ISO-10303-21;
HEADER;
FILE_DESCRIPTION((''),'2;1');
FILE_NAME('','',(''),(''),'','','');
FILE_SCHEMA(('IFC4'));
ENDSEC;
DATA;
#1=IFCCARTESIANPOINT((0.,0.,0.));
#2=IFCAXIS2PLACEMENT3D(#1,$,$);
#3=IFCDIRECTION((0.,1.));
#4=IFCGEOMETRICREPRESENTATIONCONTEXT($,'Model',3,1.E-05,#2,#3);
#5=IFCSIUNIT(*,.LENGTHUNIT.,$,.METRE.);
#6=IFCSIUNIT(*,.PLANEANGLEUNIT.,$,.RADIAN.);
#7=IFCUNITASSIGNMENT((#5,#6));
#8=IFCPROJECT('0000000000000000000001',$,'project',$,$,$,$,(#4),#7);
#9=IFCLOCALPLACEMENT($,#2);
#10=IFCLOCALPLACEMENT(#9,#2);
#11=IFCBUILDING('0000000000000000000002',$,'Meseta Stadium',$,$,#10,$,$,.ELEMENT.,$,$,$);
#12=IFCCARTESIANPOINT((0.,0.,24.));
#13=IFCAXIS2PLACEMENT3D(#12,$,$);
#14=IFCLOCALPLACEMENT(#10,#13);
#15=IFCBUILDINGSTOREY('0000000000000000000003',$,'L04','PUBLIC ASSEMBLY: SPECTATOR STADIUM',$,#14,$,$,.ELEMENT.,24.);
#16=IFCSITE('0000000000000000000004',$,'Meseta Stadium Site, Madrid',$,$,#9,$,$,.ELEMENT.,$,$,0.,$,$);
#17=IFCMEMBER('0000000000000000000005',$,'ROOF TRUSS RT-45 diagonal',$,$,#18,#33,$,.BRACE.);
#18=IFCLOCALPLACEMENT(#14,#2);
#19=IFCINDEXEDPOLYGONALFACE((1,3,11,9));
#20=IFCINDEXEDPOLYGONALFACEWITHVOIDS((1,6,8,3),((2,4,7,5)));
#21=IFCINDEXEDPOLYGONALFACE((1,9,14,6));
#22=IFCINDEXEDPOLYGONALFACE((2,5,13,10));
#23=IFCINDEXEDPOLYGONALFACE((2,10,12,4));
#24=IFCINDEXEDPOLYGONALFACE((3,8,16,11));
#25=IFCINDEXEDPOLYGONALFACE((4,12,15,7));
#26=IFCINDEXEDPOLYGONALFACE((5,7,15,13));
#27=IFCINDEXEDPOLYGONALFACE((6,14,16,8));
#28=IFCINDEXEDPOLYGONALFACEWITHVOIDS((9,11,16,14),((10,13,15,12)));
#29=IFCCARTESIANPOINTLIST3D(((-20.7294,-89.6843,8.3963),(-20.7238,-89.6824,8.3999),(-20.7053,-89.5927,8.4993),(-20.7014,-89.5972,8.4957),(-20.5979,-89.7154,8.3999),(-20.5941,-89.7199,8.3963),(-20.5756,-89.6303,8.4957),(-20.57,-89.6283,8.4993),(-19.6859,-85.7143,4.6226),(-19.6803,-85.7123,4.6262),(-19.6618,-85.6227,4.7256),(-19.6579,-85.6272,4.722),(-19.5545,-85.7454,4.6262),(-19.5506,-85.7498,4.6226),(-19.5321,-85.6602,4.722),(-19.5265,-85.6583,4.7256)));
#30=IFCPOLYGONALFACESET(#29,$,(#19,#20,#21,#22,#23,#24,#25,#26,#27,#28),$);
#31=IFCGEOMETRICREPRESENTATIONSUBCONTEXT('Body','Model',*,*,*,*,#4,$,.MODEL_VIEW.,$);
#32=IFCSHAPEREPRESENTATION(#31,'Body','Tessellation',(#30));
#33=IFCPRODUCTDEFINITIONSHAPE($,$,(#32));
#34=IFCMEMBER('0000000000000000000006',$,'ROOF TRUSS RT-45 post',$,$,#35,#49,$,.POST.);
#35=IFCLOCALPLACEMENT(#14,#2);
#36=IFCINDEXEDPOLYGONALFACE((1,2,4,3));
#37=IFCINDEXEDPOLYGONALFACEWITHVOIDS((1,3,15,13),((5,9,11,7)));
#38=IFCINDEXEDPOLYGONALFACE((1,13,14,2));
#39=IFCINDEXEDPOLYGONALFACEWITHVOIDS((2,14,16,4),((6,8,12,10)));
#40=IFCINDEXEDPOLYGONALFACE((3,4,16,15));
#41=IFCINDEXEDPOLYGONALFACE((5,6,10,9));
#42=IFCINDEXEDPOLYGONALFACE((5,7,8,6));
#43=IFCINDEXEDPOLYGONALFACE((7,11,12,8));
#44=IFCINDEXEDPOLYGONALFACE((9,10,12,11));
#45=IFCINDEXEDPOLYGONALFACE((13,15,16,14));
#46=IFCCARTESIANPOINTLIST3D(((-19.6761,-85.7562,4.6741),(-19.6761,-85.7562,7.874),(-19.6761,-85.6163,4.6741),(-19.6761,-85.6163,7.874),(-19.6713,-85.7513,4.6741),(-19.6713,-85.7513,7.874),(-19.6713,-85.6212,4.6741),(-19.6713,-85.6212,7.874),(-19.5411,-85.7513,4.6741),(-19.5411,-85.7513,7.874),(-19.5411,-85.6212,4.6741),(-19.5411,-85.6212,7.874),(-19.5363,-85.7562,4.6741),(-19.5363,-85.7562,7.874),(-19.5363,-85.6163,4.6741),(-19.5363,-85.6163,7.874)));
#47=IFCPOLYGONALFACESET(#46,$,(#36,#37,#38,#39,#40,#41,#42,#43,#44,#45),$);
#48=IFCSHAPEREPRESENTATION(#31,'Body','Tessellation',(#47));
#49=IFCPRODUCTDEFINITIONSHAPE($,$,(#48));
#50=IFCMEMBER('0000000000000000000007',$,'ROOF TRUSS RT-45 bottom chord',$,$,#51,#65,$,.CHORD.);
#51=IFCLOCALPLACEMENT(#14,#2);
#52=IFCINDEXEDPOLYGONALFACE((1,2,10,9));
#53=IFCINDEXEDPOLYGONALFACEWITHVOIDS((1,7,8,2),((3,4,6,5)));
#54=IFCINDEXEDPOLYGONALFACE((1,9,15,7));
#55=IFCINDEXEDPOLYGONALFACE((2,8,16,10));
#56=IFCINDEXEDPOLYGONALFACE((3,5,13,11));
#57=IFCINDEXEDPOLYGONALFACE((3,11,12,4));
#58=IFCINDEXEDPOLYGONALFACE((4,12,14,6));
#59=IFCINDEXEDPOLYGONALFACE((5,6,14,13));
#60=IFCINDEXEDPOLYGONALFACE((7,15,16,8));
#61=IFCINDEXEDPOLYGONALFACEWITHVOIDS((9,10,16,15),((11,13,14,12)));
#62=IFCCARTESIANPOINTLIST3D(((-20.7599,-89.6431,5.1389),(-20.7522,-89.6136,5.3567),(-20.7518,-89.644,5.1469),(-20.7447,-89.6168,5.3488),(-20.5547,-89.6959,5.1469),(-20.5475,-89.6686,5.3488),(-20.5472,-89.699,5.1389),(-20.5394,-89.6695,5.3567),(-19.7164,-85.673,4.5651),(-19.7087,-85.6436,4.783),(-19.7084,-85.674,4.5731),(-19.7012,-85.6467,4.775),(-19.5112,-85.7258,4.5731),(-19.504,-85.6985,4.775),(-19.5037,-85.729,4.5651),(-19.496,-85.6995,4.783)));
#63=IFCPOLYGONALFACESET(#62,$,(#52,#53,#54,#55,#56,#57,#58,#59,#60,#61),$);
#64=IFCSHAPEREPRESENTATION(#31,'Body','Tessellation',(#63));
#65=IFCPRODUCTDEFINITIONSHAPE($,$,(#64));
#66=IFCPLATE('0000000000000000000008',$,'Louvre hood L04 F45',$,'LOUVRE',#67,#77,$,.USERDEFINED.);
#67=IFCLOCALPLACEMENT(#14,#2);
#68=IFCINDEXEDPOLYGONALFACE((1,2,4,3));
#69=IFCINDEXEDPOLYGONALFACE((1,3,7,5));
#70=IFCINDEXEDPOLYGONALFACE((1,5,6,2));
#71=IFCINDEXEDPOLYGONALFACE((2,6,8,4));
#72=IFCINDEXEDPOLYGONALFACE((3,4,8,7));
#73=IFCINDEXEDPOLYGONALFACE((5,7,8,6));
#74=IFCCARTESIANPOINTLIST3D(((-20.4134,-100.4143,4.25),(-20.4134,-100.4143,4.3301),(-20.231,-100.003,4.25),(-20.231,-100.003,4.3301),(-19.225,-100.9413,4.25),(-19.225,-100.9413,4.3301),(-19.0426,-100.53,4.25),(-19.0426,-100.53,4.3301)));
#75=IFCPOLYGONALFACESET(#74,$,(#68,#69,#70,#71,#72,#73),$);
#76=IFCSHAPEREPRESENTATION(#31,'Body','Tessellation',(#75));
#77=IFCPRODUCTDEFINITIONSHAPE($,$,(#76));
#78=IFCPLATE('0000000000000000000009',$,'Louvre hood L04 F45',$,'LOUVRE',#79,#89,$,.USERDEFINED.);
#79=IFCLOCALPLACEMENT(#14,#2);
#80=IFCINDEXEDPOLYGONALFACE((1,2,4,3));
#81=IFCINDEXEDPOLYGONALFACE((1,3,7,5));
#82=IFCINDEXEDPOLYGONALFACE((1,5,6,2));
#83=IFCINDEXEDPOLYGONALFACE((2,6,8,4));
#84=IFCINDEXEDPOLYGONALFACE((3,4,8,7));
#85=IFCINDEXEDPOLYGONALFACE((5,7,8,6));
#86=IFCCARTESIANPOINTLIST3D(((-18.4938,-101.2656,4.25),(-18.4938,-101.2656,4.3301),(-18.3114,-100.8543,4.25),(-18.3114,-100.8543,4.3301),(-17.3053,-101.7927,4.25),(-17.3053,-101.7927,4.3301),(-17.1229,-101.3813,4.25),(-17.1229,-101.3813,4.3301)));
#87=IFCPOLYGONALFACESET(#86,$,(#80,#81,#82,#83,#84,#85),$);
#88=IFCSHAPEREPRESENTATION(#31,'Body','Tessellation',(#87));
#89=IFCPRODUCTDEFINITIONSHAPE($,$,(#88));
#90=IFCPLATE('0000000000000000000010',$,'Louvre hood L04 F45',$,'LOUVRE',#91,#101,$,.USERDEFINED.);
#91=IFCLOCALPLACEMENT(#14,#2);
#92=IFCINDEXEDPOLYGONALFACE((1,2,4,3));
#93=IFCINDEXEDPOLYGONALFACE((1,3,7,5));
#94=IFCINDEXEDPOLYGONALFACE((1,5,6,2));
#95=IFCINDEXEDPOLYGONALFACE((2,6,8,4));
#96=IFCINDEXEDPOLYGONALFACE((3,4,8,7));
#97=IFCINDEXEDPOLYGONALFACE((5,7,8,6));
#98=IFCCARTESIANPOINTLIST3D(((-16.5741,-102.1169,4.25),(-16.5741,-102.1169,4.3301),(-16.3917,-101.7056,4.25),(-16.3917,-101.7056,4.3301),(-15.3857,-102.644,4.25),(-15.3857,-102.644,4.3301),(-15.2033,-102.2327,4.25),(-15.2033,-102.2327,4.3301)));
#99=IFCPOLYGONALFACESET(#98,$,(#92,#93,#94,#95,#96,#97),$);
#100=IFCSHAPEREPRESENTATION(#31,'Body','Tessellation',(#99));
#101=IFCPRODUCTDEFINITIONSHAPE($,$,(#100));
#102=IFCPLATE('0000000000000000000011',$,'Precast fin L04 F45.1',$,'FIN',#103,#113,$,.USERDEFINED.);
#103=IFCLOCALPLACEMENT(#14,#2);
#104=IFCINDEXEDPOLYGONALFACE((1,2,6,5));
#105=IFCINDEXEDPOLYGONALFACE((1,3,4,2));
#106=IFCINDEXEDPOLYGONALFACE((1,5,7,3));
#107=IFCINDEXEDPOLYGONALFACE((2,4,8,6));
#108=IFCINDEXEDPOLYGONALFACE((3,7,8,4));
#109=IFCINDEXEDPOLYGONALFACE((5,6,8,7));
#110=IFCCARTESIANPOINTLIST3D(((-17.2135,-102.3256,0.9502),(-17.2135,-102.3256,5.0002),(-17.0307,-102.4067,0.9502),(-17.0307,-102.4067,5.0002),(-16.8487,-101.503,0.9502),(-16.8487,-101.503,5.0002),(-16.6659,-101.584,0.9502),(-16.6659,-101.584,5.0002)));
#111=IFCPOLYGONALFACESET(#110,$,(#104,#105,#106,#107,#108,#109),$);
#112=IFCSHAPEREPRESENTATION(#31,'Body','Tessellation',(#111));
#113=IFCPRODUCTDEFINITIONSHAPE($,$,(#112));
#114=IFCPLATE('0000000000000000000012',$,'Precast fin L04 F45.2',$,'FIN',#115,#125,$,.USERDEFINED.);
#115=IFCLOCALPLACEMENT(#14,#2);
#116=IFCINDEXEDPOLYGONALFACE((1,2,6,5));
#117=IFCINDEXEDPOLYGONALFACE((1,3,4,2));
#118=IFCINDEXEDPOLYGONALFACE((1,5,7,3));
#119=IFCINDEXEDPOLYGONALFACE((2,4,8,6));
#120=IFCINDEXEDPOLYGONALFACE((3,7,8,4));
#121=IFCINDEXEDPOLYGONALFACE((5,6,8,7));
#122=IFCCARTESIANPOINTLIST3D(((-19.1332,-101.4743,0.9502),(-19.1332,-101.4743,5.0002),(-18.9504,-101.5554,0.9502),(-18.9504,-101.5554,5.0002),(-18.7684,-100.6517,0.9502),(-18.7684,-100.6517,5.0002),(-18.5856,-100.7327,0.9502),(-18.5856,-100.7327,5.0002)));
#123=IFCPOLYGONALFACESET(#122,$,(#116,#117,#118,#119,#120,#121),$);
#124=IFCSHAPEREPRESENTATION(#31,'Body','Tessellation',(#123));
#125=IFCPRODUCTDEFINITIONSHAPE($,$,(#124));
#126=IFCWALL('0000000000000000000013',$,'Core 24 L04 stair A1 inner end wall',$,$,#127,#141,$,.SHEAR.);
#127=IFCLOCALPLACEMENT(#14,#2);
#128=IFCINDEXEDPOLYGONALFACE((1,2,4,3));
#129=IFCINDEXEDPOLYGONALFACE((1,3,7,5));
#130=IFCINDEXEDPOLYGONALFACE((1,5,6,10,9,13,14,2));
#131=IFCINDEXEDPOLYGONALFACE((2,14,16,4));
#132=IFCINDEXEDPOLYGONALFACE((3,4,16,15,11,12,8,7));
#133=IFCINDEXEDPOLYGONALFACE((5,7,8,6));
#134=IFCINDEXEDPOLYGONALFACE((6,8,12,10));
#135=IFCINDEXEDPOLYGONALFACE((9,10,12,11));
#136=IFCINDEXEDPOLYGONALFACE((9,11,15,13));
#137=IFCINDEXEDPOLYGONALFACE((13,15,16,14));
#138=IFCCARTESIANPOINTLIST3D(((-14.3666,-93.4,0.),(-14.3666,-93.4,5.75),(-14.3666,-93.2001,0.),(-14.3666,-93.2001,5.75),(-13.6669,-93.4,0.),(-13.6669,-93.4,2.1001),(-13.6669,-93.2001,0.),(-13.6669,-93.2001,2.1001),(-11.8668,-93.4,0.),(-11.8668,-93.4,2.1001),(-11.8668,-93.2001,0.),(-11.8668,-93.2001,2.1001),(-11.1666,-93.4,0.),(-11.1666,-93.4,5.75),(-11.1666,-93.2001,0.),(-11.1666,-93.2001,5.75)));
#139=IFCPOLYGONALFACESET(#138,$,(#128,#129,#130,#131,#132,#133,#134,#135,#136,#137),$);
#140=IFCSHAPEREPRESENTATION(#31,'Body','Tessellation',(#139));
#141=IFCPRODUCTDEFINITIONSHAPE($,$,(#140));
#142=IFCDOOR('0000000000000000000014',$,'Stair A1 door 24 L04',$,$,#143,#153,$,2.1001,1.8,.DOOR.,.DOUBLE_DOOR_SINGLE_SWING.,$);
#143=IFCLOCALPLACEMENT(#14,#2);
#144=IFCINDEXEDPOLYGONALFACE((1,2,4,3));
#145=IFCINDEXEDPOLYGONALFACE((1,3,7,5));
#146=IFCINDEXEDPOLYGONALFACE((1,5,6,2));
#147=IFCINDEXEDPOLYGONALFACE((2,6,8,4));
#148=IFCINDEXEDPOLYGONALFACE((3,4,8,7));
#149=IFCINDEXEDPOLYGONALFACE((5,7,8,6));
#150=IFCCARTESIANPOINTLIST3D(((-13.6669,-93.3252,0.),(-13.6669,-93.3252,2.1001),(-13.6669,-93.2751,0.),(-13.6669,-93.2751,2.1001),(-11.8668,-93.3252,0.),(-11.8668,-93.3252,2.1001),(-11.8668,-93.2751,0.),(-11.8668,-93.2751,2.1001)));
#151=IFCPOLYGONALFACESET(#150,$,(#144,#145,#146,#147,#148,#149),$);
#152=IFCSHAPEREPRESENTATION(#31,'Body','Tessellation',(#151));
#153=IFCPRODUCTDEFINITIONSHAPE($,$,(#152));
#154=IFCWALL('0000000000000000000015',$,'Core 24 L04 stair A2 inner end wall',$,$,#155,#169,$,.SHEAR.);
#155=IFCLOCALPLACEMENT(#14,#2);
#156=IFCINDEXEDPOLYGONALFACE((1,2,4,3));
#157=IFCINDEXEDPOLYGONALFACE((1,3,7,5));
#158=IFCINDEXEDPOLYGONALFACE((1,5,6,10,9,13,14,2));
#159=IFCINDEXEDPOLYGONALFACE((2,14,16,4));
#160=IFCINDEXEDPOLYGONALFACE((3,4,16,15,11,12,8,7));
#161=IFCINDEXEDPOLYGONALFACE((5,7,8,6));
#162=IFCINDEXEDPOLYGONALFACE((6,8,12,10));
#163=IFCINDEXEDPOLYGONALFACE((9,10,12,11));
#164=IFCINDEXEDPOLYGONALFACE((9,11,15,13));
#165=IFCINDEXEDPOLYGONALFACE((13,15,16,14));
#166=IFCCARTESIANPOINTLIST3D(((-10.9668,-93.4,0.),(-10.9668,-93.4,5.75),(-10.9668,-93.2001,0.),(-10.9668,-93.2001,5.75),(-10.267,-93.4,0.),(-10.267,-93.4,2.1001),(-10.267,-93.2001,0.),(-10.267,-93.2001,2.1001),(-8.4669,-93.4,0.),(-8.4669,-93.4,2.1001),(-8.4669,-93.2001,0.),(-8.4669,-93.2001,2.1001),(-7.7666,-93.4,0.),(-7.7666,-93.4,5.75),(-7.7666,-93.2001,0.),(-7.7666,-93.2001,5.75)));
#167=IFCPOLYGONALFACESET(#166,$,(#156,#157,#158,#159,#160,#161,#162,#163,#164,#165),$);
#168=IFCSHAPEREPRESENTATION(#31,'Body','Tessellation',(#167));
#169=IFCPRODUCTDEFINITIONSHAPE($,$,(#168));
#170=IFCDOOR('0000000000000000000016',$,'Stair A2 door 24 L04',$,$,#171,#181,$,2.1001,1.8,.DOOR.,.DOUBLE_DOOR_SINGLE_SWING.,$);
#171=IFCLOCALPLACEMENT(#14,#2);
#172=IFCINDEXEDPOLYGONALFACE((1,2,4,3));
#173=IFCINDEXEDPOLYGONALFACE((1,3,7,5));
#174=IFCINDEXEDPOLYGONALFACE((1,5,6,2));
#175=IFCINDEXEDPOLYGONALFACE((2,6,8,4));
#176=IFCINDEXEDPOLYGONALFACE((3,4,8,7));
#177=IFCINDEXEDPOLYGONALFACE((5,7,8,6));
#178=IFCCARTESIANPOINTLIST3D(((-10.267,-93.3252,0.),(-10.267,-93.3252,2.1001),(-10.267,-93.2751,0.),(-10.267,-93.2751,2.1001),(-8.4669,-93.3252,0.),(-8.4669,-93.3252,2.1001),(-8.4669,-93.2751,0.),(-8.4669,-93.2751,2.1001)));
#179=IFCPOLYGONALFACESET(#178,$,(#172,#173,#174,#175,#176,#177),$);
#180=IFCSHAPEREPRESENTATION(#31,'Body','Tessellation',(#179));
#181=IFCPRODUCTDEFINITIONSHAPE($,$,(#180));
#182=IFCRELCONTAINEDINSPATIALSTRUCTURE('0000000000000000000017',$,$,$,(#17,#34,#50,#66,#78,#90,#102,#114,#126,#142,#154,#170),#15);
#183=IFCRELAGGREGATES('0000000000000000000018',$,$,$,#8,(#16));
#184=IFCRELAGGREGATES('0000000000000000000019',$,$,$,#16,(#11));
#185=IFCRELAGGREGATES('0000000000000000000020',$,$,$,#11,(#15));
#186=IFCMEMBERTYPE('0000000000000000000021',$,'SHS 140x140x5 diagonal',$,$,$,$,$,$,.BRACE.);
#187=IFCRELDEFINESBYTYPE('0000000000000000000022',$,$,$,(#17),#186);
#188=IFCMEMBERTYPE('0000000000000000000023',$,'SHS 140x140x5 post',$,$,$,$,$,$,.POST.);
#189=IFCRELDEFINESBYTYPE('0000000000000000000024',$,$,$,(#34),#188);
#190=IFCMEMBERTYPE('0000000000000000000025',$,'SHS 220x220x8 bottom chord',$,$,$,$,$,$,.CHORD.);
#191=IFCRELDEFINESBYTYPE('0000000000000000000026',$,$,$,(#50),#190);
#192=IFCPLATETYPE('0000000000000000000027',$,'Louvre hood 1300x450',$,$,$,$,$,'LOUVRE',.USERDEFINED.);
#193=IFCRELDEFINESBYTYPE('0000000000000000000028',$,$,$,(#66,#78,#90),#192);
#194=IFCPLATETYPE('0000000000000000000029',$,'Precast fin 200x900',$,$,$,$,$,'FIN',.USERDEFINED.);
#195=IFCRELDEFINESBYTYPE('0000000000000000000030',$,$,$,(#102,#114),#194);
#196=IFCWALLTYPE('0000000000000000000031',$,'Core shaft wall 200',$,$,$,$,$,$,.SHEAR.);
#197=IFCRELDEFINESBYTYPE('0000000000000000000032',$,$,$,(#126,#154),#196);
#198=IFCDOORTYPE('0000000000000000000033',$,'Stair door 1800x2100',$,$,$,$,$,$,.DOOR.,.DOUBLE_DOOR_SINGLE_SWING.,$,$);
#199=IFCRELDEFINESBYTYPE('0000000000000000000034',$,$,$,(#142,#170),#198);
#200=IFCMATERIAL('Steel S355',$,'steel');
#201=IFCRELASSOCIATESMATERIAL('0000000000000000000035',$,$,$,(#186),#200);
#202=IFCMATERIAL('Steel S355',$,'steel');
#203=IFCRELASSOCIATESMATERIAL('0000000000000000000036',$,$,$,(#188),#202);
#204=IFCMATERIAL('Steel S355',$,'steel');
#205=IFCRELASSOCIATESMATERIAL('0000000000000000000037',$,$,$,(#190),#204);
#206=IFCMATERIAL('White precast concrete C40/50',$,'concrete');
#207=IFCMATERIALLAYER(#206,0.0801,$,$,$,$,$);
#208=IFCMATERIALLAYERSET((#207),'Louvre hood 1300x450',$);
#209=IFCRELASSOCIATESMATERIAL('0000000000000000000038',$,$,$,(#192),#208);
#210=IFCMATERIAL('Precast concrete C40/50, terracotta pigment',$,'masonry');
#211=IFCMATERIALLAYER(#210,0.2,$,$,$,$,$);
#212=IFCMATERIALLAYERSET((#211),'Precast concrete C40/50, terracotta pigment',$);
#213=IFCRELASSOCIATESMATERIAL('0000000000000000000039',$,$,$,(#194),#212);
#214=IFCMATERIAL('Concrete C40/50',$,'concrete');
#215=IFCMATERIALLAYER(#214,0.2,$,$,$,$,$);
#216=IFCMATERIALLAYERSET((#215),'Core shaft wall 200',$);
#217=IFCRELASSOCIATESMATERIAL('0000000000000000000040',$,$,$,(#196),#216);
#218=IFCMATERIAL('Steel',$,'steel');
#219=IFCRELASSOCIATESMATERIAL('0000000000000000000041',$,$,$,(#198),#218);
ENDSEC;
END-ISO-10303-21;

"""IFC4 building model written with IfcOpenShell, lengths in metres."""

from ifc_helpers import new_model, si_unit, direction, frame, frame_2d, origin, origin_2d, place, context, subcontext, project, spatial, rectangle, hollow_rectangle, extrude, material, layer, layer_set, material_profile, profile_set, type_object, element, fill, save


model = new_model("IFC4")

# Units and contexts
model_context = context("Model", 3, precision=1e-05, world=origin(), true_north=direction((0.0, 1.0)))
body_context = subcontext(model_context, "Body", "Model", "MODEL_VIEW")
ifc_project = project(units=[si_unit("LENGTHUNIT", "METRE"), si_unit("PLANEANGLEUNIT", "RADIAN")], contexts=[model_context])

# Site, building, storey
site_placement = place(None, origin())
site = spatial("IfcSite", under=ifc_project, at=site_placement, Name="Meseta Stadium Site, Madrid", CompositionType="ELEMENT", RefElevation=0.0)
building_placement = place(site_placement, origin())
building = spatial("IfcBuilding", under=site, at=building_placement, Name="Meseta Stadium", CompositionType="ELEMENT")
storey_placement = place(building_placement, frame((0.0, 0.0, 24.0)))
storey = spatial("IfcBuildingStorey", under=building, at=storey_placement, Name="L04", Description="PUBLIC ASSEMBLY: SPECTATOR STADIUM", CompositionType="ELEMENT", Elevation=24.0)

# Members
ifc_material_1 = material(Name="Steel S355", Category="steel")
ifc_material_profile_1 = material_profile(ifc_material_1, hollow_rectangle(XDim=0.1399, YDim=0.1399, WallThickness=0.0049, at=origin_2d()), Name="SHS 140x140x5")
ifc_profile_set_1 = profile_set([ifc_material_profile_1], Name="Steel S355")
member_type_1 = type_object("IfcMemberType", Name="SHS 140x140x5 diagonal", PredefinedType="BRACE", material=ifc_profile_set_1)
member_1_placement = place(storey_placement, frame((-19.6062, -85.6863, 4.6741), z_axis=(-0.187139, -0.711993, 0.67679), x_axis=(0.967151, -0.254203, 0.0)))
element("IfcMember", 1, at=member_1_placement, inside=storey, type_object=member_type_1, Name="ROOF TRUSS RT-45 diagonal", PredefinedType="BRACE", context=body_context, shape_type="SweptSolid", body=[
    extrude(hollow_rectangle(XDim=0.1399, YDim=0.1399, WallThickness=0.0049, at=origin_2d()), origin(), (0.0, 0.0, 1.0), 5.5759),
])
ifc_material_2 = material(Name="Steel S355", Category="steel")
ifc_material_profile_2 = material_profile(ifc_material_2, hollow_rectangle(XDim=0.1399, YDim=0.1399, WallThickness=0.0049, at=origin_2d()), Name="SHS 140x140x5")
ifc_profile_set_2 = profile_set([ifc_material_profile_2], Name="Steel S355")
member_type_2 = type_object("IfcMemberType", Name="SHS 140x140x5 post", PredefinedType="POST", material=ifc_profile_set_2)
member_2_placement = place(storey_placement, frame((-19.6062, -85.6863, 4.6741), z_axis=(0.0, 0.0, 1.0), x_axis=(1.0, 0.0, 0.0)))
element("IfcMember", 2, at=member_2_placement, inside=storey, type_object=member_type_2, Name="ROOF TRUSS RT-45 post", PredefinedType="POST", context=body_context, shape_type="SweptSolid", body=[
    extrude(hollow_rectangle(XDim=0.1399, YDim=0.1399, WallThickness=0.0049, at=origin_2d()), origin(), (0.0, 0.0, 1.0), 3.2),
])
ifc_material_3 = material(Name="Steel S355", Category="steel")
ifc_material_profile_3 = material_profile(ifc_material_3, hollow_rectangle(XDim=0.22, YDim=0.22, WallThickness=0.0081, at=origin_2d()), Name="SHS 220x220x8")
ifc_profile_set_3 = profile_set([ifc_material_profile_3], Name="Steel S355")
member_type_3 = type_object("IfcMemberType", Name="SHS 220x220x8 bottom chord", PredefinedType="CHORD", material=ifc_profile_set_3)
member_3_placement = place(storey_placement, frame((-19.6062, -85.6863, 4.6741), z_axis=(-0.251756, -0.95784, 0.138425), x_axis=(0.967151, -0.254203, 0.0)))
element("IfcMember", 3, at=member_3_placement, inside=storey, type_object=member_type_3, Name="ROOF TRUSS RT-45 bottom chord", PredefinedType="CHORD", context=body_context, shape_type="SweptSolid", body=[
    extrude(hollow_rectangle(XDim=0.22, YDim=0.22, WallThickness=0.0081, at=origin_2d()), origin(), (0.0, 0.0, 1.0), 4.1448),
])

# Plates
ifc_material_4 = material(Name="White precast concrete C40/50", Category="concrete")
ifc_layer_1 = layer(ifc_material_4, 0.0801)
ifc_layer_set_1 = layer_set([ifc_layer_1], Name="Louvre hood 1300x450")
plate_type_1 = type_object("IfcPlateType", Name="Louvre hood 1300x450", ElementType="LOUVRE", PredefinedType="USERDEFINED", material=ifc_layer_set_1)
for number, where, z_axis, x_axis, name in (
    (4, (-19.728, -100.4722, 4.25), (0.0, 0.0, 1.0), (0.914139, -0.405401, 0.0), "Louvre hood L04 F45"),
    (5, (-17.8083, -101.3235, 4.25), (0.0, 0.0, 1.0), (0.914139, -0.405401, 0.0), "Louvre hood L04 F45"),
    (6, (-15.8887, -102.1748, 4.25), (0.0, 0.0, 1.0), (0.914139, -0.405401, 0.0), "Louvre hood L04 F45"),
):
    element("IfcPlate", number, at=place(storey_placement, frame(where, z_axis=z_axis, x_axis=x_axis)), inside=storey, type_object=plate_type_1, Name=name, ObjectType="LOUVRE", PredefinedType="USERDEFINED", context=body_context, shape_type="SweptSolid", body=[
        extrude(rectangle(XDim=1.3, YDim=0.45, at=origin_2d()), origin(), (0.0, 0.0, 1.0), 0.0801),
    ])
ifc_material_5 = material(Name="Precast concrete C40/50, terracotta pigment", Category="masonry")
ifc_layer_2 = layer(ifc_material_5, 0.2)
ifc_layer_set_2 = layer_set([ifc_layer_2], Name="Precast concrete C40/50, terracotta pigment")
plate_type_2 = type_object("IfcPlateType", Name="Precast fin 200x900", ElementType="FIN", PredefinedType="USERDEFINED", material=ifc_layer_set_2)
for number, where, z_axis, x_axis, name in (
    (7, (-16.9397, -101.9548, 0.9502), (0.0, 0.0, 1.0), (-0.914139, 0.4054, 0.0), "Precast fin L04 F45.1"),
    (8, (-18.8594, -101.1035, 0.9502), (0.0, 0.0, 1.0), (-0.914139, 0.4054, 0.0), "Precast fin L04 F45.2"),
):
    element("IfcPlate", number, at=place(storey_placement, frame(where, z_axis=z_axis, x_axis=x_axis)), inside=storey, type_object=plate_type_2, Name=name, ObjectType="FIN", PredefinedType="USERDEFINED", context=body_context, shape_type="SweptSolid", body=[
        extrude(rectangle(XDim=0.2, YDim=0.8999, at=origin_2d()), origin(), (0.0, 0.0, 1.0), 4.05),
    ])

# Walls, openings, doors
ifc_material_6 = material(Name="Concrete C40/50", Category="concrete")
ifc_layer_3 = layer(ifc_material_6, 0.2)
ifc_layer_set_3 = layer_set([ifc_layer_3], Name="Core shaft wall 200")
wall_type_1 = type_object("IfcWallType", Name="Core shaft wall 200", PredefinedType="SHEAR", material=ifc_layer_set_3)
wall_1_placement = place(storey_placement, frame((-14.3667, -93.3, 0.0), z_axis=(0.0, 0.0, 1.0), x_axis=(1.0, 0.0, 0.0)))
wall_1 = element("IfcWall", 9, at=wall_1_placement, inside=storey, type_object=wall_type_1, Name="Core 24 L04 stair A1 inner end wall", PredefinedType="SHEAR", context=body_context, shape_type="SweptSolid", body=[
    extrude(rectangle(XDim=3.2, YDim=0.2, at=frame_2d((1.6001, 0.0))), origin(), (0.0, 0.0, 1.0), 5.75),
])
opening_1_placement = place(wall_1_placement, frame((0.7, 0.0, 0.0)))
opening_1 = element("IfcOpeningElement", 10, at=opening_1_placement, cuts=wall_1, PredefinedType="OPENING", context=body_context, shape_type="SweptSolid", body=[
    extrude(rectangle(XDim=1.8, YDim=2.1001, at=frame_2d((0.8999, 1.05))), frame((0.0, 0.1099, 0.0), z_axis=(0.0, -1.0, 0.0), x_axis=(1.0, 0.0, 0.0)), (0.0, 0.0, 1.0), 0.22),
])
ifc_material_7 = material(Name="Steel", Category="steel")
door_type_1 = type_object("IfcDoorType", Name="Stair door 1800x2100", OperationType="DOUBLE_DOOR_SINGLE_SWING", PredefinedType="DOOR", material=ifc_material_7)
door_1_placement = place(opening_1_placement, origin())
door_1 = element("IfcDoor", 11, at=door_1_placement, inside=storey, type_object=door_type_1, Name="Stair A1 door 24 L04", OperationType="DOUBLE_DOOR_SINGLE_SWING", OverallHeight=2.1001, OverallWidth=1.8, PredefinedType="DOOR", context=body_context, shape_type="SweptSolid", body=[
    extrude(rectangle(XDim=1.8, YDim=2.1001, at=frame_2d((0.8999, 1.05))), frame((0.0, 0.0249, 0.0), z_axis=(0.0, -1.0, 0.0), x_axis=(1.0, 0.0, 0.0)), (0.0, 0.0, 1.0), 0.05),
])
fill(opening_1, door_1)
wall_2_placement = place(storey_placement, frame((-10.9668, -93.3, 0.0), z_axis=(0.0, 0.0, 1.0), x_axis=(1.0, 0.0, 0.0)))
wall_2 = element("IfcWall", 12, at=wall_2_placement, inside=storey, type_object=wall_type_1, Name="Core 24 L04 stair A2 inner end wall", PredefinedType="SHEAR", context=body_context, shape_type="SweptSolid", body=[
    extrude(rectangle(XDim=3.2002, YDim=0.2, at=frame_2d((1.6001, 0.0))), origin(), (0.0, 0.0, 1.0), 5.75),
])
opening_2_placement = place(wall_2_placement, frame((0.7, 0.0, 0.0)))
opening_2 = element("IfcOpeningElement", 13, at=opening_2_placement, cuts=wall_2, PredefinedType="OPENING", context=body_context, shape_type="SweptSolid", body=[
    extrude(rectangle(XDim=1.8, YDim=2.1001, at=frame_2d((0.8999, 1.05))), frame((0.0, 0.1099, 0.0), z_axis=(0.0, -1.0, 0.0), x_axis=(1.0, 0.0, 0.0)), (0.0, 0.0, 1.0), 0.22),
])
door_2_placement = place(opening_2_placement, origin())
door_2 = element("IfcDoor", 14, at=door_2_placement, inside=storey, type_object=door_type_1, Name="Stair A2 door 24 L04", OperationType="DOUBLE_DOOR_SINGLE_SWING", OverallHeight=2.1001, OverallWidth=1.8, PredefinedType="DOOR", context=body_context, shape_type="SweptSolid", body=[
    extrude(rectangle(XDim=1.8, YDim=2.1001, at=frame_2d((0.8999, 1.05))), frame((0.0, 0.0249, 0.0), z_axis=(0.0, -1.0, 0.0), x_axis=(1.0, 0.0, 0.0)), (0.0, 0.0, 1.0), 0.05),
])
fill(opening_2, door_2)

save(model, "model.ifc")
